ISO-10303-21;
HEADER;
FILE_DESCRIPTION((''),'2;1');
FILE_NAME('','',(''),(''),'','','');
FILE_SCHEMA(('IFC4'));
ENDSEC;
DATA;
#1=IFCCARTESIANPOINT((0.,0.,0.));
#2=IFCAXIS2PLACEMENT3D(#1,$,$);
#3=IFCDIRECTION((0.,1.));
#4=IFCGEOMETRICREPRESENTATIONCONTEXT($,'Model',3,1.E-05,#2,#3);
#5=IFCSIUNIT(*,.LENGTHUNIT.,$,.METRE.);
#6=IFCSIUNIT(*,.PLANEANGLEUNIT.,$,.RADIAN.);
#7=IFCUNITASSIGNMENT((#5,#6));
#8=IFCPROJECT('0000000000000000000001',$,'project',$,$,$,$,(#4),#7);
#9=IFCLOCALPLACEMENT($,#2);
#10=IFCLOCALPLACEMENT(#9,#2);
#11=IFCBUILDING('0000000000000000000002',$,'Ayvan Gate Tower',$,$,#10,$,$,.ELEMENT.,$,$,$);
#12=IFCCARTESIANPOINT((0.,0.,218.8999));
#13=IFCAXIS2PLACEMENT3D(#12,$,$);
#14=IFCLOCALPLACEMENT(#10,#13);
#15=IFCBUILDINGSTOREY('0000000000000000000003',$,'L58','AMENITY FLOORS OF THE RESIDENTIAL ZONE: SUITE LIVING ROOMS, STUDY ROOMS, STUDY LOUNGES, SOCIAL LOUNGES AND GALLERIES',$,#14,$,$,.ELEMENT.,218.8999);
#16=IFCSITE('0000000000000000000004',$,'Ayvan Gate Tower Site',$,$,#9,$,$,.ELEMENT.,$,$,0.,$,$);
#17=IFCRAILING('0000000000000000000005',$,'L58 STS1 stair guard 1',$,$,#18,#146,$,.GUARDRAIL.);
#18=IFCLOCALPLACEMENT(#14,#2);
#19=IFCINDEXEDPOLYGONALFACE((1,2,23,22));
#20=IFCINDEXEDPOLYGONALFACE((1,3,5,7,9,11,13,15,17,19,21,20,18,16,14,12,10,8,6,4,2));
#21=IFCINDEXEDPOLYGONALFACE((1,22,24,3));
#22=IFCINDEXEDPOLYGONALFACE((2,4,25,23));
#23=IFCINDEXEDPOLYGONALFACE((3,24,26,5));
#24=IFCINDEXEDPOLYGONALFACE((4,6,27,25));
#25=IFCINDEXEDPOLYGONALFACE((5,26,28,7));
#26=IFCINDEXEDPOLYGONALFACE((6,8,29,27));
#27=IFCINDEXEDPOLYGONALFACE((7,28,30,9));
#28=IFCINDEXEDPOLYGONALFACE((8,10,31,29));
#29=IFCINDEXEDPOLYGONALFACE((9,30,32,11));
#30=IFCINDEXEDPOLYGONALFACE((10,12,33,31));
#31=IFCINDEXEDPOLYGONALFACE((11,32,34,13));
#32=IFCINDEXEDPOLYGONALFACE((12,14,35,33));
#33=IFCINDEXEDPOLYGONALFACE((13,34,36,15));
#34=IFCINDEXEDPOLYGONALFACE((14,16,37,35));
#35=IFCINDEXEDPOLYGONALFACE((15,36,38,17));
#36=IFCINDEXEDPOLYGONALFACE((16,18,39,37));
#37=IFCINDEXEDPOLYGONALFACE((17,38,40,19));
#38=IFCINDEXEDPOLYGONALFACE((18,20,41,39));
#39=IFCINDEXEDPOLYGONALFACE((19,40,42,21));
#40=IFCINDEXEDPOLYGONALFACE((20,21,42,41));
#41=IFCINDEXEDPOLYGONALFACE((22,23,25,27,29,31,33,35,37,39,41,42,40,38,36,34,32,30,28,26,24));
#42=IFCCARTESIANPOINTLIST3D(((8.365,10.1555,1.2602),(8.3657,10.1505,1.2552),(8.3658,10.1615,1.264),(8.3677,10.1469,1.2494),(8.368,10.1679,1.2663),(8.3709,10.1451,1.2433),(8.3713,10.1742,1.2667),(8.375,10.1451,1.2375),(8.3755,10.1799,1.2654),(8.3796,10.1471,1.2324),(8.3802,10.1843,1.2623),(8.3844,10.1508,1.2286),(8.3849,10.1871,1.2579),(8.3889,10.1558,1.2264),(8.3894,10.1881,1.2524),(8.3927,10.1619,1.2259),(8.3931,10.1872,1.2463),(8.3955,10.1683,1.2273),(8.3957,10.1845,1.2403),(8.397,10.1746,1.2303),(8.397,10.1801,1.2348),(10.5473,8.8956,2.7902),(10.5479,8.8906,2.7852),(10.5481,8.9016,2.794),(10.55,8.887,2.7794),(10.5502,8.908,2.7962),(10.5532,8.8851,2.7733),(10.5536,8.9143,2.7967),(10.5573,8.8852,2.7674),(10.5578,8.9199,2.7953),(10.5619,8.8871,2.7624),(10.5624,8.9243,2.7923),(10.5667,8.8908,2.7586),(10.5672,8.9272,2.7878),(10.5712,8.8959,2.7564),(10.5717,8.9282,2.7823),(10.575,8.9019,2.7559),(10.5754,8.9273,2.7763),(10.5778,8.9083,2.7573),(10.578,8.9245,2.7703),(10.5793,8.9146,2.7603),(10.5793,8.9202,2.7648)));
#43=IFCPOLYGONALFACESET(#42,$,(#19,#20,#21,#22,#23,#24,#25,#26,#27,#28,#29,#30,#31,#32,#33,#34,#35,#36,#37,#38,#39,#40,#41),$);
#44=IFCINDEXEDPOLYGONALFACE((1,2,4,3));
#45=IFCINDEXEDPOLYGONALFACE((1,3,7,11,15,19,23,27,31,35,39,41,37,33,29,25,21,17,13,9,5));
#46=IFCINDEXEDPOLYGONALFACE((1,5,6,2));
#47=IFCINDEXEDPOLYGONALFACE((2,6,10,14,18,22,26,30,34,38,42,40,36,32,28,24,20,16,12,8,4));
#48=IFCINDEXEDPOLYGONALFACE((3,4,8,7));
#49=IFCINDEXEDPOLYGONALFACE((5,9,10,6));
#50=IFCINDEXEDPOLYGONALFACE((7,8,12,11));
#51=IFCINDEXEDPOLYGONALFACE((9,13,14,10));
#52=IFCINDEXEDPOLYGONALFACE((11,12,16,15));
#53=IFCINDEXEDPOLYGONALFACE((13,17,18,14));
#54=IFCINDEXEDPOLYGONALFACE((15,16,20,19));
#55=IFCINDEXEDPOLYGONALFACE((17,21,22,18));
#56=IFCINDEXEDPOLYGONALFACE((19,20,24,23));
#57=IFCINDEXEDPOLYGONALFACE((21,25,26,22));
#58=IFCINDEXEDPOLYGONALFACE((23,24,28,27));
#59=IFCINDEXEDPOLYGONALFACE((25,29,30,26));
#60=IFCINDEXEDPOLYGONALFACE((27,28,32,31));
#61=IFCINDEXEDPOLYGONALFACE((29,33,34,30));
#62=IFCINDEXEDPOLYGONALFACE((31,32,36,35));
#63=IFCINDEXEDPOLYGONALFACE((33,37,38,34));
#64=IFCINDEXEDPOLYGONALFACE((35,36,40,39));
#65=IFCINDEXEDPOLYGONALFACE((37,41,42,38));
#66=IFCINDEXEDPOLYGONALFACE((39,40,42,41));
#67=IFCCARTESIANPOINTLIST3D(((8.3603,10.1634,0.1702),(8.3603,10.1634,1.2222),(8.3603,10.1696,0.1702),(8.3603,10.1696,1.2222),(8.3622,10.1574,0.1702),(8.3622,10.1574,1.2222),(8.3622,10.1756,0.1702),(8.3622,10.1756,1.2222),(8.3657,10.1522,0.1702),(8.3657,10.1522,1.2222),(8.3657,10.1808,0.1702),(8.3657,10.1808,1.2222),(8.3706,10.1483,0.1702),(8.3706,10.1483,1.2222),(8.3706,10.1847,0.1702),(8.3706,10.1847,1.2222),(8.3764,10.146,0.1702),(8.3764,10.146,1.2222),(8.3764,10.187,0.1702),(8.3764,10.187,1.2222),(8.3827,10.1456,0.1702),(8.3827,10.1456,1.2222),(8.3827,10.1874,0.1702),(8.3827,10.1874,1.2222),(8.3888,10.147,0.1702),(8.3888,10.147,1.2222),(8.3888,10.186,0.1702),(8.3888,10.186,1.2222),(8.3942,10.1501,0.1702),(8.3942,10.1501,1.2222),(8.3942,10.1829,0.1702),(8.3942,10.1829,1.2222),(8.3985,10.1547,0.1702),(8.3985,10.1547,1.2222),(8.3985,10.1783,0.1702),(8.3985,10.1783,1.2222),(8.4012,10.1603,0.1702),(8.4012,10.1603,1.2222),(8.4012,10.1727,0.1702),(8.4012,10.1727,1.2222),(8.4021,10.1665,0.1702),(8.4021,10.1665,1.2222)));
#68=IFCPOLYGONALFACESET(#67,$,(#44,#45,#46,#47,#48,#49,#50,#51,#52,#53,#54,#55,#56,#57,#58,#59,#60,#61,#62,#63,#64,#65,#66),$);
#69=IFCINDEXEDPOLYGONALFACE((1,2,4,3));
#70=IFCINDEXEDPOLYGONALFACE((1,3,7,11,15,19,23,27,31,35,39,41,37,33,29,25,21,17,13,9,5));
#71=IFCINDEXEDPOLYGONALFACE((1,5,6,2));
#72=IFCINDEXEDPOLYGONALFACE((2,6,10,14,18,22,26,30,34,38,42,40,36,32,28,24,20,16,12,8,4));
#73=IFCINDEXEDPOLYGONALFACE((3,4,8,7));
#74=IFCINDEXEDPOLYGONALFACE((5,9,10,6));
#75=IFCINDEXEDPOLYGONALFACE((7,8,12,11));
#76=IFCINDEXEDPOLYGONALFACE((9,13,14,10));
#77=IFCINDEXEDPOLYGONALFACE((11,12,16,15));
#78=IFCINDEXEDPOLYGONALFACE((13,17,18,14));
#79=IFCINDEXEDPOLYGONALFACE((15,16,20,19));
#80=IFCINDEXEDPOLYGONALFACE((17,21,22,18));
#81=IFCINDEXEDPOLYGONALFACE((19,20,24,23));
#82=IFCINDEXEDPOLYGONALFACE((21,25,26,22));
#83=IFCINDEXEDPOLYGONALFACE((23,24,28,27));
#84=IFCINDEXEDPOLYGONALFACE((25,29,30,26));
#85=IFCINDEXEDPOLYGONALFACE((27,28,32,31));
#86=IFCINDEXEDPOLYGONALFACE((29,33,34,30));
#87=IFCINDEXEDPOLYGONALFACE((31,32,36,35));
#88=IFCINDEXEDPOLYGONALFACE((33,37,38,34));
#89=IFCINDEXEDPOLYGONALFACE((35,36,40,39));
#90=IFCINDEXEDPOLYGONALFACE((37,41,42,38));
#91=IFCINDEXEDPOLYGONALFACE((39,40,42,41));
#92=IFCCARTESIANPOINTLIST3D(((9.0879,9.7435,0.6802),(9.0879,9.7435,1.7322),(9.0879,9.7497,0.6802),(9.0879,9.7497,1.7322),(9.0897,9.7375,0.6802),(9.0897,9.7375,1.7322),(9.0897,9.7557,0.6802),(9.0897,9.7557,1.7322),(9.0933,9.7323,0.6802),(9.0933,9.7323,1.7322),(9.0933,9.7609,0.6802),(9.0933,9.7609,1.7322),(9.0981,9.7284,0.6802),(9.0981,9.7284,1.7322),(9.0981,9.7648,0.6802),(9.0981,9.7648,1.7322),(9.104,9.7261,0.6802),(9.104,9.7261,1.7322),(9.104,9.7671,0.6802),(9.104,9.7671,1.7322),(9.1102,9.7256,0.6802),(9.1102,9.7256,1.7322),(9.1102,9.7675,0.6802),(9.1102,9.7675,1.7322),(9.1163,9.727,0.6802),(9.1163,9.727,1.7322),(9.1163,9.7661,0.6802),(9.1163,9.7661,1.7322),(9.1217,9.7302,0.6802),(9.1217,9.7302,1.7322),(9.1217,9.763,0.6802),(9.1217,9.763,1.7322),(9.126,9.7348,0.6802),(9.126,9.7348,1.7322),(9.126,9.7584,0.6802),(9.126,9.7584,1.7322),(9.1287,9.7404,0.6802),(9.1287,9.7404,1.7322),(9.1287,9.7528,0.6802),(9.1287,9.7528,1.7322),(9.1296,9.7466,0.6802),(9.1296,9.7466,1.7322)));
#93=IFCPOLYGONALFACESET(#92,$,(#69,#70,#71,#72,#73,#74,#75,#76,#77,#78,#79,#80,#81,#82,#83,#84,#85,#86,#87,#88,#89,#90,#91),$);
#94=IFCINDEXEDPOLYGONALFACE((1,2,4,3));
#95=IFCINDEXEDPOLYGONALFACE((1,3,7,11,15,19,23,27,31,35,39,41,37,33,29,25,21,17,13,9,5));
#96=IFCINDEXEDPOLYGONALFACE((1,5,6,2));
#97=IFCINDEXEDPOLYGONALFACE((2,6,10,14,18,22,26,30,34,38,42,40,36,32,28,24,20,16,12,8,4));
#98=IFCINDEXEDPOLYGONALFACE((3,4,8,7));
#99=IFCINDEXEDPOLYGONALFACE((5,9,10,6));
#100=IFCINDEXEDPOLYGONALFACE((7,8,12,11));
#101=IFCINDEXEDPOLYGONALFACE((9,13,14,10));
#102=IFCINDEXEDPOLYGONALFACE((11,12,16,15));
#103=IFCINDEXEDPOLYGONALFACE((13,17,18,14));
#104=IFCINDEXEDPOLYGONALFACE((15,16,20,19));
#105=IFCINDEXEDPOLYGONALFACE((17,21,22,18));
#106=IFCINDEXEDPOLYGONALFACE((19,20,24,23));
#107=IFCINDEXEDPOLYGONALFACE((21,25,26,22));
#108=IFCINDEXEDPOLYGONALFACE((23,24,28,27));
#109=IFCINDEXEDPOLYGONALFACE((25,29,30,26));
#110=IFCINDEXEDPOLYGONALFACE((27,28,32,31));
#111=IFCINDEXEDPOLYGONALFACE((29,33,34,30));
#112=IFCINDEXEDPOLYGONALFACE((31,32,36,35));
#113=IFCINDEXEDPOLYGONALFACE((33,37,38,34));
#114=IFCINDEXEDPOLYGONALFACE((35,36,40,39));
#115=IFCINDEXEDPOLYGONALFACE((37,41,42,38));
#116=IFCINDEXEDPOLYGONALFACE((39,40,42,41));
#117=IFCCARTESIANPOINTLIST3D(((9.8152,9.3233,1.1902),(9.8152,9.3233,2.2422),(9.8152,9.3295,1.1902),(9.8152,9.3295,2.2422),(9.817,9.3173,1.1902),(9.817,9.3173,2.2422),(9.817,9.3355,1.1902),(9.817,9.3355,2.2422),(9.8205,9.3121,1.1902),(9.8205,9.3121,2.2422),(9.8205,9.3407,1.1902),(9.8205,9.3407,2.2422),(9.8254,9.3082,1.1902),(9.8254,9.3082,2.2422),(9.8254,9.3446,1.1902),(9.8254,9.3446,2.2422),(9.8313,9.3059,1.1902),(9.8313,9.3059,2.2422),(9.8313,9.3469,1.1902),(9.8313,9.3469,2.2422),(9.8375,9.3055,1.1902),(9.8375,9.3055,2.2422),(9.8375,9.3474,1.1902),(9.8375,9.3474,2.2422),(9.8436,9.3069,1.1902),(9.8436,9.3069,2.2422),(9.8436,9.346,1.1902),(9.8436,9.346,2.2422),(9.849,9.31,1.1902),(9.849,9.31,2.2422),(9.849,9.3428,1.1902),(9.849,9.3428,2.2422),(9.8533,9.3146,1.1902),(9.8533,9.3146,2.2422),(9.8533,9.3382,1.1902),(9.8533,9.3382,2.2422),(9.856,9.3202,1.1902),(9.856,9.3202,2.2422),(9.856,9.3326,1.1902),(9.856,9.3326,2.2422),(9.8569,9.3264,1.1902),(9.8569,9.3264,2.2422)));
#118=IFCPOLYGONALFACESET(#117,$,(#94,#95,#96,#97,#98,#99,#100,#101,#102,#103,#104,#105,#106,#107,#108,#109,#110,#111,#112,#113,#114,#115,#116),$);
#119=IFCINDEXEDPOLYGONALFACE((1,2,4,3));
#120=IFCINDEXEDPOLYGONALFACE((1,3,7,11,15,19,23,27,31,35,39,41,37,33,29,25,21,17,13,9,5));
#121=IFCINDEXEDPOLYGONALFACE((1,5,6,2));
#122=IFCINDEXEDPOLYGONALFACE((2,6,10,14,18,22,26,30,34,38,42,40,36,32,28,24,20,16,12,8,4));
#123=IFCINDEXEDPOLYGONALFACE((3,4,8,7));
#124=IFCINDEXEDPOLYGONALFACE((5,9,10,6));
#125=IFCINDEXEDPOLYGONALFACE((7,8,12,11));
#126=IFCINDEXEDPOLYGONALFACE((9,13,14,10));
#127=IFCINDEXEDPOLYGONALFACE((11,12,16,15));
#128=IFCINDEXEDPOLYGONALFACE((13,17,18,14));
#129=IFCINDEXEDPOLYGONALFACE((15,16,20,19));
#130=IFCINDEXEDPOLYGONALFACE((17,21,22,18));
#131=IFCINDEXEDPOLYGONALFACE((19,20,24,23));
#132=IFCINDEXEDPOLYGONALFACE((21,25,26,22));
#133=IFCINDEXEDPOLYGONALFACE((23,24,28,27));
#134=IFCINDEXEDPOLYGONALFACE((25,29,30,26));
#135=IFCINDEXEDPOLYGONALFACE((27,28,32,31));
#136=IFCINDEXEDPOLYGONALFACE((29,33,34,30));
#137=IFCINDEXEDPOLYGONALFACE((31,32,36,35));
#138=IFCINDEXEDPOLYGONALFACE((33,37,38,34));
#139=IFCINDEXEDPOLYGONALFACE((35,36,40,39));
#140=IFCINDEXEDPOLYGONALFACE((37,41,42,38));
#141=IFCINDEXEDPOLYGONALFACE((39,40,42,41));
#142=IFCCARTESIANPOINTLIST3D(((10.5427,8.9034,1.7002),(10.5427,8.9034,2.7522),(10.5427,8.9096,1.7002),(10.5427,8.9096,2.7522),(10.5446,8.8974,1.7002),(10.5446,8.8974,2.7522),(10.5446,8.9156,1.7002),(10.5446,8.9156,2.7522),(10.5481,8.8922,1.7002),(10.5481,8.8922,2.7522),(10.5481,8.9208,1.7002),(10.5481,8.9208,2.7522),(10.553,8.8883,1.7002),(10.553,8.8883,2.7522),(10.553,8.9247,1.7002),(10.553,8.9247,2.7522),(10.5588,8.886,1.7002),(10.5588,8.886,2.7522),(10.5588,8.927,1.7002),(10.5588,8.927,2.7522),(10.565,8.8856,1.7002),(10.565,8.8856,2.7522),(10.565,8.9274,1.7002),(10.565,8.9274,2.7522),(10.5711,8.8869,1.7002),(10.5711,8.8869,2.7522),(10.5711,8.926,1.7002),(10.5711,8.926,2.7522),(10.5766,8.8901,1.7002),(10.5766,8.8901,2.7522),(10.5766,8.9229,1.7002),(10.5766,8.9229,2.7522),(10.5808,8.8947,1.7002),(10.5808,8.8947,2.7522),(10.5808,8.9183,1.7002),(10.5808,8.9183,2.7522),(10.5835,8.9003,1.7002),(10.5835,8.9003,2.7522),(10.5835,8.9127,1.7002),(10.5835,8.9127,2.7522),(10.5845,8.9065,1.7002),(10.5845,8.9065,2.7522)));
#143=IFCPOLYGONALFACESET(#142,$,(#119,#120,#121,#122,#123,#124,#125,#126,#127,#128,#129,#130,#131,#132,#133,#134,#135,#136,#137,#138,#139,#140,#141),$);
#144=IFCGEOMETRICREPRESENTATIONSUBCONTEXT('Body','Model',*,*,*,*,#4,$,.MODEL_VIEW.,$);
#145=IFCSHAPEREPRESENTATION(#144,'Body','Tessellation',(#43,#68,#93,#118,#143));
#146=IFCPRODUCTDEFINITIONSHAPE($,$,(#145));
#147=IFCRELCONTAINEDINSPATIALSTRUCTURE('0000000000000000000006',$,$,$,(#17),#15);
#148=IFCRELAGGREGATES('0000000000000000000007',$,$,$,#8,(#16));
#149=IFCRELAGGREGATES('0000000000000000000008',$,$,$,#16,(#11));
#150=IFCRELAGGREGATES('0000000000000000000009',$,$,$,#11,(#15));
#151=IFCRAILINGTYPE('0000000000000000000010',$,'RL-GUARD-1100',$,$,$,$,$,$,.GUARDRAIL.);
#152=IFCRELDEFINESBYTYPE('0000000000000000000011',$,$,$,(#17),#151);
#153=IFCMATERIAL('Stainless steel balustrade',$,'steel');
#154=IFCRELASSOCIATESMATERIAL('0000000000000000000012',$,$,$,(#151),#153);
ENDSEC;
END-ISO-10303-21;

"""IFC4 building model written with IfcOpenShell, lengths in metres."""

from ifc_helpers import new_model, si_unit, direction, frame, origin, origin_2d, place, context, subcontext, project, spatial, circle, extrude, material, type_object, element, save


model = new_model("IFC4")

# Units and contexts
model_context = context("Model", 3, precision=1e-05, world=origin(), true_north=direction((0.0, 1.0)))
body_context = subcontext(model_context, "Body", "Model", "MODEL_VIEW")
ifc_project = project(units=[si_unit("LENGTHUNIT", "METRE"), si_unit("PLANEANGLEUNIT", "RADIAN")], contexts=[model_context])

# Site, building, storey
site_placement = place(None, origin())
site = spatial("IfcSite", under=ifc_project, at=site_placement, Name="Ayvan Gate Tower Site", CompositionType="ELEMENT", RefElevation=0.0)
building_placement = place(site_placement, origin())
building = spatial("IfcBuilding", under=site, at=building_placement, Name="Ayvan Gate Tower", CompositionType="ELEMENT")
storey_placement = place(building_placement, frame((0.0, 0.0, 218.8999)))
storey = spatial("IfcBuildingStorey", under=building, at=storey_placement, Name="L58", Description="AMENITY FLOORS OF THE RESIDENTIAL ZONE: SUITE LIVING ROOMS, STUDY ROOMS, STUDY LOUNGES, SOCIAL LOUNGES AND GALLERIES", CompositionType="ELEMENT", Elevation=218.8999)

# Railing
ifc_material_1 = material(Name="Stainless steel balustrade", Category="steel")
railing_type_1 = type_object("IfcRailingType", Name="RL-GUARD-1100", PredefinedType="GUARDRAIL", material=ifc_material_1)
railing_1_placement = place(storey_placement, frame((8.3811, 10.1665, 0.1702)))
element("IfcRailing", 1, at=railing_1_placement, inside=storey, type_object=railing_type_1, Name="L58 STS1 stair guard 1", PredefinedType="GUARDRAIL", context=body_context, shape_type="SweptSolid", body=[
    extrude(circle(Radius=0.0239, at=origin_2d()), frame((0.0, 0.0, 1.0762), z_axis=(0.740261, -0.427395, 0.518986), x_axis=(0.500005, 0.866023, 0.0)), (0.0, 0.0, 1.0), 2.948),
    extrude(circle(Radius=0.021, at=origin_2d()), origin(), (0.0, 0.0, 1.0), 1.052),
    extrude(circle(Radius=0.021, at=origin_2d()), frame((0.7275, -0.4199, 0.51)), (0.0, 0.0, 1.0), 1.052),
    extrude(circle(Radius=0.021, at=origin_2d()), frame((1.4548, -0.8401, 1.02)), (0.0, 0.0, 1.0), 1.052),
    extrude(circle(Radius=0.021, at=origin_2d()), frame((2.1824, -1.26, 1.53)), (0.0, 0.0, 1.0), 1.052),
])

save(model, "model.ifc")
